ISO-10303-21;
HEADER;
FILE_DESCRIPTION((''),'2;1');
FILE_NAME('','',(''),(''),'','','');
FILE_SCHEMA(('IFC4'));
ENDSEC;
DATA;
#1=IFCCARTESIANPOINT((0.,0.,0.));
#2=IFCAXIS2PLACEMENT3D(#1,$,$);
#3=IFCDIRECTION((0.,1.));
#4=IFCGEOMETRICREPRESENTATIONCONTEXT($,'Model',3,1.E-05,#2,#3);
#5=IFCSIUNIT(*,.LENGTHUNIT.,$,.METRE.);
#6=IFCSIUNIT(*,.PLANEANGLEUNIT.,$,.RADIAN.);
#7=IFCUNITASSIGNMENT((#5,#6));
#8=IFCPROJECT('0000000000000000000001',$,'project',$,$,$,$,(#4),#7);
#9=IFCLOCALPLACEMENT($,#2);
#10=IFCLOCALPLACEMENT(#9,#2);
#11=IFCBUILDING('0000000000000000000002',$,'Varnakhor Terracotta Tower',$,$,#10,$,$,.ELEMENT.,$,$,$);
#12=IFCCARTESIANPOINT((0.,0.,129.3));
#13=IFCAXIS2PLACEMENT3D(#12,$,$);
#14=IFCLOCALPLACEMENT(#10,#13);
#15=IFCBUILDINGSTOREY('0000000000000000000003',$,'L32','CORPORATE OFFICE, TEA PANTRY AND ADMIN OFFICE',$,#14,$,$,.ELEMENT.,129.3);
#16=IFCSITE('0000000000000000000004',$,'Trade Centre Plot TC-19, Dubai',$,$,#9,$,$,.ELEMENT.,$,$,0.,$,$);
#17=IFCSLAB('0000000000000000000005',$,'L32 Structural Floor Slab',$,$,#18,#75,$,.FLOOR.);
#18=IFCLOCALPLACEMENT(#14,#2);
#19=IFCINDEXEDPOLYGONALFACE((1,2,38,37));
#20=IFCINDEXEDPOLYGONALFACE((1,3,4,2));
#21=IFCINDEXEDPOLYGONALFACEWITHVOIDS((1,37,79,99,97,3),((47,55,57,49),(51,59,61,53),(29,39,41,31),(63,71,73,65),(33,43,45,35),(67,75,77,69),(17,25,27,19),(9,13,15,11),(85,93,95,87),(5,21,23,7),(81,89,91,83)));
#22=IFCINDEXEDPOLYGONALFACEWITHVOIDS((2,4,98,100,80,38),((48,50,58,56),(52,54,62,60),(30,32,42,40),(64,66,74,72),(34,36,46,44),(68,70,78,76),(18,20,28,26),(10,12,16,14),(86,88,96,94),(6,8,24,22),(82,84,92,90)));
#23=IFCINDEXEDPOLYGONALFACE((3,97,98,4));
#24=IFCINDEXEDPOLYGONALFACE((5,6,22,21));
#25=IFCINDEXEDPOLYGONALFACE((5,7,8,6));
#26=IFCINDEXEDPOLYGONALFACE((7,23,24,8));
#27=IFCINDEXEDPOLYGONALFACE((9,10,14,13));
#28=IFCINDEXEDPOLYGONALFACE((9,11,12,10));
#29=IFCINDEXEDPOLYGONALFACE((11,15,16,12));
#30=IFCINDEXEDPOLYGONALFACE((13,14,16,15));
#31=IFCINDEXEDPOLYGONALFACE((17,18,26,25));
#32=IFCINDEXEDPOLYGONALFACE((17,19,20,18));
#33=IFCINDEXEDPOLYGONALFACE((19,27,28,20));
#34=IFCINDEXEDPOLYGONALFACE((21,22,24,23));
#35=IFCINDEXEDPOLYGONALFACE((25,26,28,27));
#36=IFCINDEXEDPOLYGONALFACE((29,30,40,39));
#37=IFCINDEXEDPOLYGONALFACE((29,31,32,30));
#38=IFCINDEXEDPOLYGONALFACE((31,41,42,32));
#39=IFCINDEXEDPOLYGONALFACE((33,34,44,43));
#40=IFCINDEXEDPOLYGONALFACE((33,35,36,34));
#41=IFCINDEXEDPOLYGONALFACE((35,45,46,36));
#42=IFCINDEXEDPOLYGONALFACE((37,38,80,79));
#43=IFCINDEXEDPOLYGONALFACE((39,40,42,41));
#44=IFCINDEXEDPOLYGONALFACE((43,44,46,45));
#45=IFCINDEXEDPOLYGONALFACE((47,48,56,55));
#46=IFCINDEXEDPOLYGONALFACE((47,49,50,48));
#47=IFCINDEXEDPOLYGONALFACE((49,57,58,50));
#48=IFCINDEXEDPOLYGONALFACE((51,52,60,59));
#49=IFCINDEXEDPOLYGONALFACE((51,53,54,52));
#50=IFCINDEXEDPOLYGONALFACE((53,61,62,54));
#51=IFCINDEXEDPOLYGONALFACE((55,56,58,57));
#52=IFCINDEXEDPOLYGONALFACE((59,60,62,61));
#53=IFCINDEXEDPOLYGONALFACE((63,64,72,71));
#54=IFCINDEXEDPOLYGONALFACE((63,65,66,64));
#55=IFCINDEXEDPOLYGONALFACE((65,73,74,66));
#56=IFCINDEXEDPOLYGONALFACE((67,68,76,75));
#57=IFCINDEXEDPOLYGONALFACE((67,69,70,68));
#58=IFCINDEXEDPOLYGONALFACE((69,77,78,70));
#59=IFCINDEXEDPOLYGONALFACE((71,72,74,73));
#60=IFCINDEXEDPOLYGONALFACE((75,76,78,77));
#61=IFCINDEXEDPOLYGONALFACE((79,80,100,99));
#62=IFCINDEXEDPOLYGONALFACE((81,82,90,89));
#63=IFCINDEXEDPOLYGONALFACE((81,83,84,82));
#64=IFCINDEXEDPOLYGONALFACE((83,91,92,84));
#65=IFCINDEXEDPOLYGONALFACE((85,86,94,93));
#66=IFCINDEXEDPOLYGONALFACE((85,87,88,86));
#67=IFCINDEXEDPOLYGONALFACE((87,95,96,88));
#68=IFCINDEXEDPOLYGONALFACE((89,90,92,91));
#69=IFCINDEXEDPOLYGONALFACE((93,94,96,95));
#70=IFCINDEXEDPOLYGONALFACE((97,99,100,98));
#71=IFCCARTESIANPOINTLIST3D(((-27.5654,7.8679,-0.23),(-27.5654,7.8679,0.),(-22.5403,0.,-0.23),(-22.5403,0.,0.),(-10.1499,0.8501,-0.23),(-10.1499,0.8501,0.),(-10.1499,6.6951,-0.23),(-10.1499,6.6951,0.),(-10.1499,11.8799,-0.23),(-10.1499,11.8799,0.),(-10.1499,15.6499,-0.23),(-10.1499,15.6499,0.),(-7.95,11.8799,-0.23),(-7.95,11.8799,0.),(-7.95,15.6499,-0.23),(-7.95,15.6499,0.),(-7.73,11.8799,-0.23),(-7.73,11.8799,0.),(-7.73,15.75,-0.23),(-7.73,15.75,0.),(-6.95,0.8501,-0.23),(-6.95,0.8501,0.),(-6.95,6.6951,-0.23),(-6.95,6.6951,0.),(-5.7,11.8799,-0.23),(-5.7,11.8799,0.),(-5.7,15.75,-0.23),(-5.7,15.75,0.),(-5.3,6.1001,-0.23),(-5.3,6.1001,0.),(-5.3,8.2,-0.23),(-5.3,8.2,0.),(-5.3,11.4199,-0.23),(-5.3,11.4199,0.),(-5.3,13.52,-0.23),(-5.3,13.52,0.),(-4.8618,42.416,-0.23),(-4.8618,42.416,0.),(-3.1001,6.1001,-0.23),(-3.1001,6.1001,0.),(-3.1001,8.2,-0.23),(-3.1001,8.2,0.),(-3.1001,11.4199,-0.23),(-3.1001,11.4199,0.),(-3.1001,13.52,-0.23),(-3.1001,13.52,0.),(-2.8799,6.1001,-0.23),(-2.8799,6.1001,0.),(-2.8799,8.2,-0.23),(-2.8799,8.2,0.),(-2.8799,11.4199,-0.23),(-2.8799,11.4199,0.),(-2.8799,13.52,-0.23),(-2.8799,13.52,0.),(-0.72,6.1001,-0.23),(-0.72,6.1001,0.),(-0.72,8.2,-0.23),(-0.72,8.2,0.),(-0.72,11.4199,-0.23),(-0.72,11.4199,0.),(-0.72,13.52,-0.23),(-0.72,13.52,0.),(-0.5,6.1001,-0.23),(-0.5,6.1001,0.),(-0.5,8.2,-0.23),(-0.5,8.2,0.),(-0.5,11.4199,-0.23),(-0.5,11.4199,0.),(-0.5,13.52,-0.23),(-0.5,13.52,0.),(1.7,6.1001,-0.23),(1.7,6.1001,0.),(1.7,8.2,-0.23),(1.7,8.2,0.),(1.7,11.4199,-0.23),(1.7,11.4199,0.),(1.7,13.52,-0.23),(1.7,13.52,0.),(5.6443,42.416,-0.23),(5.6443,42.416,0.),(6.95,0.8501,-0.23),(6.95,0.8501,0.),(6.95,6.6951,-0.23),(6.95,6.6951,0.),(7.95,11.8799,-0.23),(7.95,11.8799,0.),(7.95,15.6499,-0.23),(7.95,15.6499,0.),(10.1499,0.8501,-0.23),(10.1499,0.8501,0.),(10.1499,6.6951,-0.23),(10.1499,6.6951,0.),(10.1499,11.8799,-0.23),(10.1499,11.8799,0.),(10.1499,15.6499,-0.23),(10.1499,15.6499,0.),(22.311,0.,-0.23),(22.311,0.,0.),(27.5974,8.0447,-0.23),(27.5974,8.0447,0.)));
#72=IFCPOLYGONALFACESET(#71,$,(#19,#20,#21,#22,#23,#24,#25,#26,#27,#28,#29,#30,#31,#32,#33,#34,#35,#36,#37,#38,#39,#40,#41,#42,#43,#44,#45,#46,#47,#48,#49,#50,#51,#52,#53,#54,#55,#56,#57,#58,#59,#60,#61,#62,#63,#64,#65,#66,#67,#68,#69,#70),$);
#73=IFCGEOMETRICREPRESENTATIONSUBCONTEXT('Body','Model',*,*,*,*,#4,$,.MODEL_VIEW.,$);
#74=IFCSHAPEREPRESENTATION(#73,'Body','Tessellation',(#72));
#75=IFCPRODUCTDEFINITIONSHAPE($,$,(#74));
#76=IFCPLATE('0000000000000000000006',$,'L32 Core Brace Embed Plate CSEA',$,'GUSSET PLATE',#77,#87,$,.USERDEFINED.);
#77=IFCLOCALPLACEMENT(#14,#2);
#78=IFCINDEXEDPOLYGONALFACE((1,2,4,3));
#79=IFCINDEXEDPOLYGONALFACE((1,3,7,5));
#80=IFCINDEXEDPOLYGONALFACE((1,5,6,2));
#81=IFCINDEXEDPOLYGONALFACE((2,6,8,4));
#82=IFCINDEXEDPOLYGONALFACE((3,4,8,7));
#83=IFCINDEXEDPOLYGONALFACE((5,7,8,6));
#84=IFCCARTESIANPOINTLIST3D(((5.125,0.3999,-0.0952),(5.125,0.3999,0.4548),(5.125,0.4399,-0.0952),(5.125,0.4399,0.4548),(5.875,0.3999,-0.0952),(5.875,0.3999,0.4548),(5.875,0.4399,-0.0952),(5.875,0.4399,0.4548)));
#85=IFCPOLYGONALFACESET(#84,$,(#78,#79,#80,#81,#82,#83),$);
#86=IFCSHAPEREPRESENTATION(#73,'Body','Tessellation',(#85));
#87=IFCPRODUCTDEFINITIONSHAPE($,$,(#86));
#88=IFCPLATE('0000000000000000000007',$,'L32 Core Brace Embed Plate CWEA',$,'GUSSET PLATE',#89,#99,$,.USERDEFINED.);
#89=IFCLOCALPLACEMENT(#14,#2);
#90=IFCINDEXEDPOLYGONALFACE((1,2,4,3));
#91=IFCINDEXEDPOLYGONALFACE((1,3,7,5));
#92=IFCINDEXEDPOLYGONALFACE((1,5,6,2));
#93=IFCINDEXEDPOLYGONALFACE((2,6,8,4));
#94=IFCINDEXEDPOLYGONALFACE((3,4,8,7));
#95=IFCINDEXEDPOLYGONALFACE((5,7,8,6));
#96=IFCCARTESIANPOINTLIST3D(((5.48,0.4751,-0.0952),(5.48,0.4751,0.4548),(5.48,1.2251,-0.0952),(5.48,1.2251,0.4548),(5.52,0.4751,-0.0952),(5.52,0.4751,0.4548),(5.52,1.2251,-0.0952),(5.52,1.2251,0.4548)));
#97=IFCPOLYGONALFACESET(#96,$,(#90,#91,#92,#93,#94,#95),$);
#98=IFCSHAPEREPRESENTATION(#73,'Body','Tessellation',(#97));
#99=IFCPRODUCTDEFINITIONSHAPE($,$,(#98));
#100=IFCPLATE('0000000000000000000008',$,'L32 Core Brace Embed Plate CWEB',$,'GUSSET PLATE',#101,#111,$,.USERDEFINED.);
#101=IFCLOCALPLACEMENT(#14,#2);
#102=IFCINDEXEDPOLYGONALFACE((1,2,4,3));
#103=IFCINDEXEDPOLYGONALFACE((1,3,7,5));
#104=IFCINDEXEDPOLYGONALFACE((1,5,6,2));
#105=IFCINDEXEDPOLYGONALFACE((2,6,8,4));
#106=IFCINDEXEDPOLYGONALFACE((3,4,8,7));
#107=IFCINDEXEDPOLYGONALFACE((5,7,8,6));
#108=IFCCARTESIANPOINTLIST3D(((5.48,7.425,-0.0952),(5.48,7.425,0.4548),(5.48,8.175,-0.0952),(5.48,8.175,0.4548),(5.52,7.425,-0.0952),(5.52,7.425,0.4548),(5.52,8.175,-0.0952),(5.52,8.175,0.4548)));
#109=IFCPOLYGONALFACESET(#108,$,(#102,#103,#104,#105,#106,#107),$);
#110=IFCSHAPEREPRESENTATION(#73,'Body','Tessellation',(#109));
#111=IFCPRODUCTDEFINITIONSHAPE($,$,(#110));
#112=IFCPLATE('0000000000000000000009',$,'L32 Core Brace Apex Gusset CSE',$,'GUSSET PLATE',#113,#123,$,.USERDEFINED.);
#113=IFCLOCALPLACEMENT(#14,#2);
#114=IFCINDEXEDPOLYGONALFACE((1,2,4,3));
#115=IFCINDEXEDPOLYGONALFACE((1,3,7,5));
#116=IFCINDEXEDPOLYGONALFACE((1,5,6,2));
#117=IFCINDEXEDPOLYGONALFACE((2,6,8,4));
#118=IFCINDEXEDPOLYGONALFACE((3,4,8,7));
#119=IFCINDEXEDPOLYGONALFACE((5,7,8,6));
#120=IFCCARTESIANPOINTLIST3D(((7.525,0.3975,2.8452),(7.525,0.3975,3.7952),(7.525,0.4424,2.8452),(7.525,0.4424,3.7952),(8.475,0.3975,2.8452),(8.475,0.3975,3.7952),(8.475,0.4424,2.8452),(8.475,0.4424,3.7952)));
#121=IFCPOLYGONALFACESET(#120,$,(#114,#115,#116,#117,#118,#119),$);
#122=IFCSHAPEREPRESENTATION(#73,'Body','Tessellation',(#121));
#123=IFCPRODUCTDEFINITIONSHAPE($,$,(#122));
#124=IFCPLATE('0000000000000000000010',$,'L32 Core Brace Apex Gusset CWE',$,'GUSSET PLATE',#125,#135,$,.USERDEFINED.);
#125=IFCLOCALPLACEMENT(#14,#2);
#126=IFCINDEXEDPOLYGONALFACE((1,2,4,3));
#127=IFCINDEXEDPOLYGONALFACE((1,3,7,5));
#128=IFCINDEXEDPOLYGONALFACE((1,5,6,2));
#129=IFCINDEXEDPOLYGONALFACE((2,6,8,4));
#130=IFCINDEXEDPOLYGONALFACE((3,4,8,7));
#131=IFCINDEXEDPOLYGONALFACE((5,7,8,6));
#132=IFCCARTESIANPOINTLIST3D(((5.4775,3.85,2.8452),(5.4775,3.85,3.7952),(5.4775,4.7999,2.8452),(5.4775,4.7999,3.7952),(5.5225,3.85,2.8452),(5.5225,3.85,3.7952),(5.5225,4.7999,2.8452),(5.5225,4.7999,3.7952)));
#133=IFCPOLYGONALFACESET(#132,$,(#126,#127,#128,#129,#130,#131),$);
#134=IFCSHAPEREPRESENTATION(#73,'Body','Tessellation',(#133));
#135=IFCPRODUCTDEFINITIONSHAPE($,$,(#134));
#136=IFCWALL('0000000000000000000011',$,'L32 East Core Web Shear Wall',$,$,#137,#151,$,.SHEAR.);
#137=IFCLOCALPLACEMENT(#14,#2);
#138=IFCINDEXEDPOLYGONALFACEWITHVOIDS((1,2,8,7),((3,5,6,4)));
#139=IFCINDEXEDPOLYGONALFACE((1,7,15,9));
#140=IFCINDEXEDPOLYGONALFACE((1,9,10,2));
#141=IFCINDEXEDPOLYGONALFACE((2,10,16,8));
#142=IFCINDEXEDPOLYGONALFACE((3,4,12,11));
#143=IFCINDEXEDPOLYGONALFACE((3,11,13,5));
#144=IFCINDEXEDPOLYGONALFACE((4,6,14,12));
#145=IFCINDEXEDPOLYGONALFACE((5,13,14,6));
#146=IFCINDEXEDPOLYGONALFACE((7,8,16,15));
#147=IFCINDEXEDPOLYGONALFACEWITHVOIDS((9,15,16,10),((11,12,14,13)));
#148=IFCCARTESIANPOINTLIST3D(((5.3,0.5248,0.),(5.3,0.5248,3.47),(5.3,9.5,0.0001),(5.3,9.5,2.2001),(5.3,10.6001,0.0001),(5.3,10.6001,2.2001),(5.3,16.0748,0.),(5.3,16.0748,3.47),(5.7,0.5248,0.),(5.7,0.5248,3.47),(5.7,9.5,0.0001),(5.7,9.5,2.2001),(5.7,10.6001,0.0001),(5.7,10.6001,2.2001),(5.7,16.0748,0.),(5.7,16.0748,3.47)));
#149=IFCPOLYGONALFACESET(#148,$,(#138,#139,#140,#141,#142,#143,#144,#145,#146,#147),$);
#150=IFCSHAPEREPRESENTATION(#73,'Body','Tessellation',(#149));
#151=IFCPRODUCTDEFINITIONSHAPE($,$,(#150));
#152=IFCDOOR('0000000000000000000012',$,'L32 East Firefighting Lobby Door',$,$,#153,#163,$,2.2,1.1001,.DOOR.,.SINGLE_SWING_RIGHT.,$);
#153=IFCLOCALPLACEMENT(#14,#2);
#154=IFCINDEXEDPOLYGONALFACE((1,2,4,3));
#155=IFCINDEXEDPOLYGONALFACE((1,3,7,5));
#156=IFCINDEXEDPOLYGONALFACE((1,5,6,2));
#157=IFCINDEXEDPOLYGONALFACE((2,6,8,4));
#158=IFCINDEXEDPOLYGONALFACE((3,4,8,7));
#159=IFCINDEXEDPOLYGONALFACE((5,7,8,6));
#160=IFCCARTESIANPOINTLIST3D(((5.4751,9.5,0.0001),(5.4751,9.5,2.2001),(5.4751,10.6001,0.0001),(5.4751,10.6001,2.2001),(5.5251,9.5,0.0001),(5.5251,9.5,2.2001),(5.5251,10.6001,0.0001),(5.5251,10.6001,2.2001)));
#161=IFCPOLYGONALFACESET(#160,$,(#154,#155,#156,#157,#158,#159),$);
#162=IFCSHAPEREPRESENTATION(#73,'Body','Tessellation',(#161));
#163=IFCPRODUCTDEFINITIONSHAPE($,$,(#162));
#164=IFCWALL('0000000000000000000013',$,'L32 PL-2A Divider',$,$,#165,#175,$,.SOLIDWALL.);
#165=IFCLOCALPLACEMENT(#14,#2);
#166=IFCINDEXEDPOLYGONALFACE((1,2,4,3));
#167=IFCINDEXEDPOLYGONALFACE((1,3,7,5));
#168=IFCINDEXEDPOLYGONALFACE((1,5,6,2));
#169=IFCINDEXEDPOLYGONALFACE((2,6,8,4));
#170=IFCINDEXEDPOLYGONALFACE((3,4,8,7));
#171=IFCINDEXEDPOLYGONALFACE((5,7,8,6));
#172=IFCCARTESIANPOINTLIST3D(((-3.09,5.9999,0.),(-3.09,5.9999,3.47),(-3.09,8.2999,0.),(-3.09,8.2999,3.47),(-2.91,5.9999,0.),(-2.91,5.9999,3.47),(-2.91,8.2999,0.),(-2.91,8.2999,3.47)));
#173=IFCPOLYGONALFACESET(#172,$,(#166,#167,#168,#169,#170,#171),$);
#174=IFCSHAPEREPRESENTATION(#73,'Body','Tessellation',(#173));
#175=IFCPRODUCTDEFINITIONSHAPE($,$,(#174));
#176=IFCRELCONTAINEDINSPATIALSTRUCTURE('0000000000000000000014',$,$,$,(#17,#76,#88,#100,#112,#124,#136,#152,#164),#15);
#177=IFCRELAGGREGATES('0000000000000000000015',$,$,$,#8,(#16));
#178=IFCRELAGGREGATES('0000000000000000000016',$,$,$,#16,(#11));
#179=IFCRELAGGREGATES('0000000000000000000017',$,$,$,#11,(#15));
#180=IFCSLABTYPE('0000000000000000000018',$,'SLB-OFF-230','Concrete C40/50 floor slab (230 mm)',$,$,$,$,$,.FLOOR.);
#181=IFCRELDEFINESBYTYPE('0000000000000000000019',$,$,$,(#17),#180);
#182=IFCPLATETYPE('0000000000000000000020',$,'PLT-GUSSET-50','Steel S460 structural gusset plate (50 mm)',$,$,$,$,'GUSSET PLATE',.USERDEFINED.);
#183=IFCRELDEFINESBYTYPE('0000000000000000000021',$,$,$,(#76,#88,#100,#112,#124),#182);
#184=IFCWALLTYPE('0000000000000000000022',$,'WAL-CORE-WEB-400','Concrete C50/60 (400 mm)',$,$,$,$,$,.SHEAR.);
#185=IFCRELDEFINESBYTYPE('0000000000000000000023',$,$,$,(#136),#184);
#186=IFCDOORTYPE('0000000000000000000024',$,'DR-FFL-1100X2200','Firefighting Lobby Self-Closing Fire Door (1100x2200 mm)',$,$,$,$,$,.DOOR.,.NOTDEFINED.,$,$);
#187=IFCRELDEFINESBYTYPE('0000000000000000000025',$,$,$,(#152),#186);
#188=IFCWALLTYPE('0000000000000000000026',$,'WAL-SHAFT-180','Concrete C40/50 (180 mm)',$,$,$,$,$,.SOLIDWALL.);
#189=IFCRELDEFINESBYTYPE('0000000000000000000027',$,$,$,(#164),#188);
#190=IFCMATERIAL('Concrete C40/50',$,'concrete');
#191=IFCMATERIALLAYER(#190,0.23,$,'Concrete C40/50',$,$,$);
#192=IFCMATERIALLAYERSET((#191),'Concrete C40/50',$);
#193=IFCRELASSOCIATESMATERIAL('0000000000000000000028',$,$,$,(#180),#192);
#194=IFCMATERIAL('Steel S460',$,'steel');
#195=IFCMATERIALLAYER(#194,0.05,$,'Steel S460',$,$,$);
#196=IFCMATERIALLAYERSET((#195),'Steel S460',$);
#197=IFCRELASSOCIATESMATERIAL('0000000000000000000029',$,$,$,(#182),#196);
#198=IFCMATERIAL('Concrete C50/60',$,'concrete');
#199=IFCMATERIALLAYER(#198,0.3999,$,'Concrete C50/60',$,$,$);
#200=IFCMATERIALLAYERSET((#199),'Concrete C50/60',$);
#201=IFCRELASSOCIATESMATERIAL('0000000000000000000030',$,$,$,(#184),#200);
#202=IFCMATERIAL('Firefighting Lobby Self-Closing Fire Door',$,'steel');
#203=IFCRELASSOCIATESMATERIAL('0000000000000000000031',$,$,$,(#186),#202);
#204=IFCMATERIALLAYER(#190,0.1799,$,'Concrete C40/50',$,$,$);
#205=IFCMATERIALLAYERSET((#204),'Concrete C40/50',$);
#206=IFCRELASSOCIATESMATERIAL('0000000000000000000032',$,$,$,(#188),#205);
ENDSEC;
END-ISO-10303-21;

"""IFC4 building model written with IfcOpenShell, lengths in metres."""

from ifc_helpers import new_model, si_unit, direction, frame, frame_2d, origin, origin_2d, place, context, subcontext, project, spatial, polyline, rectangle, outline, extrude, source, transform, mapped, material, layer, layer_set, type_object, type_shapes, element, fill, save


model = new_model("IFC4")

# Units and contexts
model_context = context("Model", 3, precision=1e-05, world=origin(), true_north=direction((0.0, 1.0)))
body_context = subcontext(model_context, "Body", "Model", "MODEL_VIEW")
ifc_project = project(units=[si_unit("LENGTHUNIT", "METRE"), si_unit("PLANEANGLEUNIT", "RADIAN")], contexts=[model_context])

# Site, building, storey
site_placement = place(None, origin())
site = spatial("IfcSite", under=ifc_project, at=site_placement, Name="Trade Centre Plot TC-19, Dubai", CompositionType="ELEMENT", RefElevation=0.0)
building_placement = place(site_placement, origin())
building = spatial("IfcBuilding", under=site, at=building_placement, Name="Varnakhor Terracotta Tower", CompositionType="ELEMENT")
storey_placement = place(building_placement, frame((0.0, 0.0, 129.3)))
storey = spatial("IfcBuildingStorey", under=building, at=storey_placement, Name="L32", Description="CORPORATE OFFICE, TEA PANTRY AND ADMIN OFFICE", CompositionType="ELEMENT", Elevation=129.3)

# Shared definitions
ifc_material_1 = material(Name="Concrete C50/60", Category="concrete")

# Shared definitions
ifc_material_2 = material(Name="Steel S460", Category="steel")

# Shared definitions
ifc_material_3 = material(Name="Concrete C40/50", Category="concrete")

# Slab
ifc_layer_1 = layer(ifc_material_3, 0.23, Name="Concrete C40/50")
ifc_layer_set_1 = layer_set([ifc_layer_1], Name="Concrete C40/50")
slab_type_1 = type_object("IfcSlabType", Name="SLB-OFF-230", Description="Concrete C40/50 floor slab (230 mm)", PredefinedType="FLOOR", material=ifc_layer_set_1)
slab_1_placement = place(storey_placement, frame((0.0, 0.0, -0.23)))
element("IfcSlab", 1, at=slab_1_placement, inside=storey, type_object=slab_type_1, Name="L32 Structural Floor Slab", PredefinedType="FLOOR", context=body_context, shape_type="SweptSolid", body=[
    extrude(outline(polyline([(-27.5654, 7.8679), (-4.8618, 42.416), (5.6443, 42.416), (27.5974, 8.0447), (22.311, 0.0), (-22.5403, 0.0), (-27.5654, 7.8679)]), holes=[polyline([(-6.95, 0.8501), (-6.95, 6.6951), (-10.1499, 6.6951), (-10.1499, 0.8501), (-6.95, 0.8501)]), polyline([(-3.1001, 6.1001), (-3.1001, 8.2), (-5.3, 8.2), (-5.3, 6.1001), (-3.1001, 6.1001)]), polyline([(-0.72, 6.1001), (-0.72, 8.2), (-2.8799, 8.2), (-2.8799, 6.1001), (-0.72, 6.1001)]), polyline([(-5.3, 11.4199), (-3.1001, 11.4199), (-3.1001, 13.52), (-5.3, 13.52), (-5.3, 11.4199)]), polyline([(-10.1499, 11.8799), (-7.95, 11.8799), (-7.95, 15.6499), (-10.1499, 15.6499), (-10.1499, 11.8799)]), polyline([(-5.7, 11.8799), (-5.7, 15.75), (-7.73, 15.75), (-7.73, 11.8799), (-5.7, 11.8799)]), polyline([(6.95, 0.8501), (10.1499, 0.8501), (10.1499, 6.6951), (6.95, 6.6951), (6.95, 0.8501)]), polyline([(-0.5, 6.1001), (1.7, 6.1001), (1.7, 8.2), (-0.5, 8.2), (-0.5, 6.1001)]), polyline([(-0.72, 11.4199), (-0.72, 13.52), (-2.8799, 13.52), (-2.8799, 11.4199), (-0.72, 11.4199)]), polyline([(-0.5, 11.4199), (1.7, 11.4199), (1.7, 13.52), (-0.5, 13.52), (-0.5, 11.4199)]), polyline([(7.95, 11.8799), (10.1499, 11.8799), (10.1499, 15.6499), (7.95, 15.6499), (7.95, 11.8799)])]), origin(), (0.0, 0.0, 1.0), 0.23),
])

# Plates
ifc_layer_2 = layer(ifc_material_2, 0.05, Name="Steel S460")
ifc_layer_set_2 = layer_set([ifc_layer_2], Name="Steel S460")
plate_type = type_object("IfcPlateType", Name="PLT-GUSSET-50", Description="Steel S460 structural gusset plate (50 mm)", ElementType="GUSSET PLATE", PredefinedType="USERDEFINED", material=ifc_layer_set_2)
shared_shape_1 = source(origin(), body_context, "Body", "SweptSolid", [
    extrude(rectangle(XDim=0.75, YDim=0.04, at=origin_2d()), origin(), (0.0, 0.0, 1.0), 0.55),
])
type_shapes(plate_type, [shared_shape_1])
for number, where, z_axis, x_axis, name in (
    (2, (5.5, 0.4199, -0.0952), (0.0, 0.0, 1.0), (1.0, 0.0, 0.0), "L32 Core Brace Embed Plate CSEA"),
    (3, (5.5, 0.8501, -0.0952), (0.0, 0.0, 1.0), (0.0, 1.0, 0.0), "L32 Core Brace Embed Plate CWEA"),
    (4, (5.5, 7.8, -0.0952), (0.0, 0.0, 1.0), (0.0, 1.0, 0.0), "L32 Core Brace Embed Plate CWEB"),
):
    element("IfcPlate", number, at=place(storey_placement, frame(where, z_axis=z_axis, x_axis=x_axis)), inside=storey, type_object=plate_type, Name=name, ObjectType="GUSSET PLATE", PredefinedType="USERDEFINED", context=body_context, shape_type="MappedRepresentation", body=[
        mapped(shared_shape_1, transform((0.0, 0.0, 0.0), scale=1.0)),
    ])
shared_shape_2 = source(origin(), body_context, "Body", "SweptSolid", [
    extrude(rectangle(XDim=0.95, YDim=0.0449, at=origin_2d()), origin(), (0.0, 0.0, 1.0), 0.95),
])
for number, where, z_axis, x_axis, name in (
    (5, (8.0, 0.4199, 2.8452), (0.0, 0.0, 1.0), (1.0, 0.0, 0.0), "L32 Core Brace Apex Gusset CSE"),
    (6, (5.5, 4.325, 2.8452), (0.0, 0.0, 1.0), (0.0, 1.0, 0.0), "L32 Core Brace Apex Gusset CWE"),
):
    element("IfcPlate", number, at=place(storey_placement, frame(where, z_axis=z_axis, x_axis=x_axis)), inside=storey, type_object=plate_type, Name=name, ObjectType="GUSSET PLATE", PredefinedType="USERDEFINED", context=body_context, shape_type="MappedRepresentation", body=[
        mapped(shared_shape_2, transform((0.0, 0.0, 0.0), scale=1.0)),
    ])

# Wall, opening, door
ifc_layer_3 = layer(ifc_material_1, 0.3999, Name="Concrete C50/60")
ifc_layer_set_3 = layer_set([ifc_layer_3], Name="Concrete C50/60")
wall_type_1 = type_object("IfcWallType", Name="WAL-CORE-WEB-400", Description="Concrete C50/60 (400 mm)", PredefinedType="SHEAR", material=ifc_layer_set_3)
wall_1_placement = place(storey_placement, frame((5.5, 0.5249, 0.0), z_axis=(0.0, 0.0, 1.0), x_axis=(0.0, 1.0, 0.0)))
wall_1 = element("IfcWall", 7, at=wall_1_placement, inside=storey, type_object=wall_type_1, Name="L32 East Core Web Shear Wall", PredefinedType="SHEAR", context=body_context, shape_type="SweptSolid", body=[
    extrude(rectangle(XDim=15.55, YDim=0.3999, at=frame_2d((7.7749, 0.0))), origin(), (0.0, 0.0, 1.0), 3.47),
])
opening_1_placement = place(wall_1_placement, frame((8.9751, 0.0, 0.0)))
opening_1 = element("IfcOpeningElement", 8, at=opening_1_placement, cuts=wall_1, PredefinedType="OPENING", context=body_context, shape_type="SweptSolid", body=[
    extrude(rectangle(XDim=1.1001, YDim=2.2, at=frame_2d((0.55, 1.1001))), frame((0.0, 0.21, 0.0), z_axis=(0.0, -1.0, 0.0), x_axis=(1.0, 0.0, 0.0)), (0.0, 0.0, 1.0), 0.4199),
])
ifc_material_4 = material(Name="Firefighting Lobby Self-Closing Fire Door", Category="steel")
door_type_1 = type_object("IfcDoorType", Name="DR-FFL-1100X2200", Description="Firefighting Lobby Self-Closing Fire Door (1100x2200 mm)", OperationType="NOTDEFINED", PredefinedType="DOOR", material=ifc_material_4)
shared_shape_3 = source(origin(), body_context, "Body", "SweptSolid", [
    extrude(rectangle(XDim=1.1001, YDim=2.2, at=frame_2d((0.55, 1.1001))), frame((0.0, 0.0249, 0.0), z_axis=(0.0, -1.0, 0.0), x_axis=(1.0, 0.0, 0.0)), (0.0, 0.0, 1.0), 0.05),
])
type_shapes(door_type_1, [shared_shape_3])
door_1_placement = place(opening_1_placement, origin())
door_1 = element("IfcDoor", 9, at=door_1_placement, inside=storey, type_object=door_type_1, Name="L32 East Firefighting Lobby Door", OperationType="SINGLE_SWING_RIGHT", OverallHeight=2.2, OverallWidth=1.1001, PredefinedType="DOOR", context=body_context, shape_type="MappedRepresentation", body=[
    mapped(shared_shape_3, transform((0.0, 0.0, 0.0), scale=1.0)),
])
fill(opening_1, door_1)

# Wall
ifc_layer_4 = layer(ifc_material_3, 0.1799, Name="Concrete C40/50")
ifc_layer_set_4 = layer_set([ifc_layer_4], Name="Concrete C40/50")
wall_type_2 = type_object("IfcWallType", Name="WAL-SHAFT-180", Description="Concrete C40/50 (180 mm)", PredefinedType="SOLIDWALL", material=ifc_layer_set_4)
for number, where, z_axis, x_axis, name in (
    (10, (-3.0, 6.0, 0.0), (0.0, 0.0, 1.0), (0.0, 1.0, 0.0), "L32 PL-2A Divider"),
):
    element("IfcWall", number, at=place(storey_placement, frame(where, z_axis=z_axis, x_axis=x_axis)), inside=storey, type_object=wall_type_2, Name=name, PredefinedType="SOLIDWALL", context=body_context, shape_type="SweptSolid", body=[
        extrude(rectangle(XDim=2.3, YDim=0.1799, at=frame_2d((1.1499, 0.0))), origin(), (0.0, 0.0, 1.0), 3.47),
    ])

save(model, "model.ifc")
